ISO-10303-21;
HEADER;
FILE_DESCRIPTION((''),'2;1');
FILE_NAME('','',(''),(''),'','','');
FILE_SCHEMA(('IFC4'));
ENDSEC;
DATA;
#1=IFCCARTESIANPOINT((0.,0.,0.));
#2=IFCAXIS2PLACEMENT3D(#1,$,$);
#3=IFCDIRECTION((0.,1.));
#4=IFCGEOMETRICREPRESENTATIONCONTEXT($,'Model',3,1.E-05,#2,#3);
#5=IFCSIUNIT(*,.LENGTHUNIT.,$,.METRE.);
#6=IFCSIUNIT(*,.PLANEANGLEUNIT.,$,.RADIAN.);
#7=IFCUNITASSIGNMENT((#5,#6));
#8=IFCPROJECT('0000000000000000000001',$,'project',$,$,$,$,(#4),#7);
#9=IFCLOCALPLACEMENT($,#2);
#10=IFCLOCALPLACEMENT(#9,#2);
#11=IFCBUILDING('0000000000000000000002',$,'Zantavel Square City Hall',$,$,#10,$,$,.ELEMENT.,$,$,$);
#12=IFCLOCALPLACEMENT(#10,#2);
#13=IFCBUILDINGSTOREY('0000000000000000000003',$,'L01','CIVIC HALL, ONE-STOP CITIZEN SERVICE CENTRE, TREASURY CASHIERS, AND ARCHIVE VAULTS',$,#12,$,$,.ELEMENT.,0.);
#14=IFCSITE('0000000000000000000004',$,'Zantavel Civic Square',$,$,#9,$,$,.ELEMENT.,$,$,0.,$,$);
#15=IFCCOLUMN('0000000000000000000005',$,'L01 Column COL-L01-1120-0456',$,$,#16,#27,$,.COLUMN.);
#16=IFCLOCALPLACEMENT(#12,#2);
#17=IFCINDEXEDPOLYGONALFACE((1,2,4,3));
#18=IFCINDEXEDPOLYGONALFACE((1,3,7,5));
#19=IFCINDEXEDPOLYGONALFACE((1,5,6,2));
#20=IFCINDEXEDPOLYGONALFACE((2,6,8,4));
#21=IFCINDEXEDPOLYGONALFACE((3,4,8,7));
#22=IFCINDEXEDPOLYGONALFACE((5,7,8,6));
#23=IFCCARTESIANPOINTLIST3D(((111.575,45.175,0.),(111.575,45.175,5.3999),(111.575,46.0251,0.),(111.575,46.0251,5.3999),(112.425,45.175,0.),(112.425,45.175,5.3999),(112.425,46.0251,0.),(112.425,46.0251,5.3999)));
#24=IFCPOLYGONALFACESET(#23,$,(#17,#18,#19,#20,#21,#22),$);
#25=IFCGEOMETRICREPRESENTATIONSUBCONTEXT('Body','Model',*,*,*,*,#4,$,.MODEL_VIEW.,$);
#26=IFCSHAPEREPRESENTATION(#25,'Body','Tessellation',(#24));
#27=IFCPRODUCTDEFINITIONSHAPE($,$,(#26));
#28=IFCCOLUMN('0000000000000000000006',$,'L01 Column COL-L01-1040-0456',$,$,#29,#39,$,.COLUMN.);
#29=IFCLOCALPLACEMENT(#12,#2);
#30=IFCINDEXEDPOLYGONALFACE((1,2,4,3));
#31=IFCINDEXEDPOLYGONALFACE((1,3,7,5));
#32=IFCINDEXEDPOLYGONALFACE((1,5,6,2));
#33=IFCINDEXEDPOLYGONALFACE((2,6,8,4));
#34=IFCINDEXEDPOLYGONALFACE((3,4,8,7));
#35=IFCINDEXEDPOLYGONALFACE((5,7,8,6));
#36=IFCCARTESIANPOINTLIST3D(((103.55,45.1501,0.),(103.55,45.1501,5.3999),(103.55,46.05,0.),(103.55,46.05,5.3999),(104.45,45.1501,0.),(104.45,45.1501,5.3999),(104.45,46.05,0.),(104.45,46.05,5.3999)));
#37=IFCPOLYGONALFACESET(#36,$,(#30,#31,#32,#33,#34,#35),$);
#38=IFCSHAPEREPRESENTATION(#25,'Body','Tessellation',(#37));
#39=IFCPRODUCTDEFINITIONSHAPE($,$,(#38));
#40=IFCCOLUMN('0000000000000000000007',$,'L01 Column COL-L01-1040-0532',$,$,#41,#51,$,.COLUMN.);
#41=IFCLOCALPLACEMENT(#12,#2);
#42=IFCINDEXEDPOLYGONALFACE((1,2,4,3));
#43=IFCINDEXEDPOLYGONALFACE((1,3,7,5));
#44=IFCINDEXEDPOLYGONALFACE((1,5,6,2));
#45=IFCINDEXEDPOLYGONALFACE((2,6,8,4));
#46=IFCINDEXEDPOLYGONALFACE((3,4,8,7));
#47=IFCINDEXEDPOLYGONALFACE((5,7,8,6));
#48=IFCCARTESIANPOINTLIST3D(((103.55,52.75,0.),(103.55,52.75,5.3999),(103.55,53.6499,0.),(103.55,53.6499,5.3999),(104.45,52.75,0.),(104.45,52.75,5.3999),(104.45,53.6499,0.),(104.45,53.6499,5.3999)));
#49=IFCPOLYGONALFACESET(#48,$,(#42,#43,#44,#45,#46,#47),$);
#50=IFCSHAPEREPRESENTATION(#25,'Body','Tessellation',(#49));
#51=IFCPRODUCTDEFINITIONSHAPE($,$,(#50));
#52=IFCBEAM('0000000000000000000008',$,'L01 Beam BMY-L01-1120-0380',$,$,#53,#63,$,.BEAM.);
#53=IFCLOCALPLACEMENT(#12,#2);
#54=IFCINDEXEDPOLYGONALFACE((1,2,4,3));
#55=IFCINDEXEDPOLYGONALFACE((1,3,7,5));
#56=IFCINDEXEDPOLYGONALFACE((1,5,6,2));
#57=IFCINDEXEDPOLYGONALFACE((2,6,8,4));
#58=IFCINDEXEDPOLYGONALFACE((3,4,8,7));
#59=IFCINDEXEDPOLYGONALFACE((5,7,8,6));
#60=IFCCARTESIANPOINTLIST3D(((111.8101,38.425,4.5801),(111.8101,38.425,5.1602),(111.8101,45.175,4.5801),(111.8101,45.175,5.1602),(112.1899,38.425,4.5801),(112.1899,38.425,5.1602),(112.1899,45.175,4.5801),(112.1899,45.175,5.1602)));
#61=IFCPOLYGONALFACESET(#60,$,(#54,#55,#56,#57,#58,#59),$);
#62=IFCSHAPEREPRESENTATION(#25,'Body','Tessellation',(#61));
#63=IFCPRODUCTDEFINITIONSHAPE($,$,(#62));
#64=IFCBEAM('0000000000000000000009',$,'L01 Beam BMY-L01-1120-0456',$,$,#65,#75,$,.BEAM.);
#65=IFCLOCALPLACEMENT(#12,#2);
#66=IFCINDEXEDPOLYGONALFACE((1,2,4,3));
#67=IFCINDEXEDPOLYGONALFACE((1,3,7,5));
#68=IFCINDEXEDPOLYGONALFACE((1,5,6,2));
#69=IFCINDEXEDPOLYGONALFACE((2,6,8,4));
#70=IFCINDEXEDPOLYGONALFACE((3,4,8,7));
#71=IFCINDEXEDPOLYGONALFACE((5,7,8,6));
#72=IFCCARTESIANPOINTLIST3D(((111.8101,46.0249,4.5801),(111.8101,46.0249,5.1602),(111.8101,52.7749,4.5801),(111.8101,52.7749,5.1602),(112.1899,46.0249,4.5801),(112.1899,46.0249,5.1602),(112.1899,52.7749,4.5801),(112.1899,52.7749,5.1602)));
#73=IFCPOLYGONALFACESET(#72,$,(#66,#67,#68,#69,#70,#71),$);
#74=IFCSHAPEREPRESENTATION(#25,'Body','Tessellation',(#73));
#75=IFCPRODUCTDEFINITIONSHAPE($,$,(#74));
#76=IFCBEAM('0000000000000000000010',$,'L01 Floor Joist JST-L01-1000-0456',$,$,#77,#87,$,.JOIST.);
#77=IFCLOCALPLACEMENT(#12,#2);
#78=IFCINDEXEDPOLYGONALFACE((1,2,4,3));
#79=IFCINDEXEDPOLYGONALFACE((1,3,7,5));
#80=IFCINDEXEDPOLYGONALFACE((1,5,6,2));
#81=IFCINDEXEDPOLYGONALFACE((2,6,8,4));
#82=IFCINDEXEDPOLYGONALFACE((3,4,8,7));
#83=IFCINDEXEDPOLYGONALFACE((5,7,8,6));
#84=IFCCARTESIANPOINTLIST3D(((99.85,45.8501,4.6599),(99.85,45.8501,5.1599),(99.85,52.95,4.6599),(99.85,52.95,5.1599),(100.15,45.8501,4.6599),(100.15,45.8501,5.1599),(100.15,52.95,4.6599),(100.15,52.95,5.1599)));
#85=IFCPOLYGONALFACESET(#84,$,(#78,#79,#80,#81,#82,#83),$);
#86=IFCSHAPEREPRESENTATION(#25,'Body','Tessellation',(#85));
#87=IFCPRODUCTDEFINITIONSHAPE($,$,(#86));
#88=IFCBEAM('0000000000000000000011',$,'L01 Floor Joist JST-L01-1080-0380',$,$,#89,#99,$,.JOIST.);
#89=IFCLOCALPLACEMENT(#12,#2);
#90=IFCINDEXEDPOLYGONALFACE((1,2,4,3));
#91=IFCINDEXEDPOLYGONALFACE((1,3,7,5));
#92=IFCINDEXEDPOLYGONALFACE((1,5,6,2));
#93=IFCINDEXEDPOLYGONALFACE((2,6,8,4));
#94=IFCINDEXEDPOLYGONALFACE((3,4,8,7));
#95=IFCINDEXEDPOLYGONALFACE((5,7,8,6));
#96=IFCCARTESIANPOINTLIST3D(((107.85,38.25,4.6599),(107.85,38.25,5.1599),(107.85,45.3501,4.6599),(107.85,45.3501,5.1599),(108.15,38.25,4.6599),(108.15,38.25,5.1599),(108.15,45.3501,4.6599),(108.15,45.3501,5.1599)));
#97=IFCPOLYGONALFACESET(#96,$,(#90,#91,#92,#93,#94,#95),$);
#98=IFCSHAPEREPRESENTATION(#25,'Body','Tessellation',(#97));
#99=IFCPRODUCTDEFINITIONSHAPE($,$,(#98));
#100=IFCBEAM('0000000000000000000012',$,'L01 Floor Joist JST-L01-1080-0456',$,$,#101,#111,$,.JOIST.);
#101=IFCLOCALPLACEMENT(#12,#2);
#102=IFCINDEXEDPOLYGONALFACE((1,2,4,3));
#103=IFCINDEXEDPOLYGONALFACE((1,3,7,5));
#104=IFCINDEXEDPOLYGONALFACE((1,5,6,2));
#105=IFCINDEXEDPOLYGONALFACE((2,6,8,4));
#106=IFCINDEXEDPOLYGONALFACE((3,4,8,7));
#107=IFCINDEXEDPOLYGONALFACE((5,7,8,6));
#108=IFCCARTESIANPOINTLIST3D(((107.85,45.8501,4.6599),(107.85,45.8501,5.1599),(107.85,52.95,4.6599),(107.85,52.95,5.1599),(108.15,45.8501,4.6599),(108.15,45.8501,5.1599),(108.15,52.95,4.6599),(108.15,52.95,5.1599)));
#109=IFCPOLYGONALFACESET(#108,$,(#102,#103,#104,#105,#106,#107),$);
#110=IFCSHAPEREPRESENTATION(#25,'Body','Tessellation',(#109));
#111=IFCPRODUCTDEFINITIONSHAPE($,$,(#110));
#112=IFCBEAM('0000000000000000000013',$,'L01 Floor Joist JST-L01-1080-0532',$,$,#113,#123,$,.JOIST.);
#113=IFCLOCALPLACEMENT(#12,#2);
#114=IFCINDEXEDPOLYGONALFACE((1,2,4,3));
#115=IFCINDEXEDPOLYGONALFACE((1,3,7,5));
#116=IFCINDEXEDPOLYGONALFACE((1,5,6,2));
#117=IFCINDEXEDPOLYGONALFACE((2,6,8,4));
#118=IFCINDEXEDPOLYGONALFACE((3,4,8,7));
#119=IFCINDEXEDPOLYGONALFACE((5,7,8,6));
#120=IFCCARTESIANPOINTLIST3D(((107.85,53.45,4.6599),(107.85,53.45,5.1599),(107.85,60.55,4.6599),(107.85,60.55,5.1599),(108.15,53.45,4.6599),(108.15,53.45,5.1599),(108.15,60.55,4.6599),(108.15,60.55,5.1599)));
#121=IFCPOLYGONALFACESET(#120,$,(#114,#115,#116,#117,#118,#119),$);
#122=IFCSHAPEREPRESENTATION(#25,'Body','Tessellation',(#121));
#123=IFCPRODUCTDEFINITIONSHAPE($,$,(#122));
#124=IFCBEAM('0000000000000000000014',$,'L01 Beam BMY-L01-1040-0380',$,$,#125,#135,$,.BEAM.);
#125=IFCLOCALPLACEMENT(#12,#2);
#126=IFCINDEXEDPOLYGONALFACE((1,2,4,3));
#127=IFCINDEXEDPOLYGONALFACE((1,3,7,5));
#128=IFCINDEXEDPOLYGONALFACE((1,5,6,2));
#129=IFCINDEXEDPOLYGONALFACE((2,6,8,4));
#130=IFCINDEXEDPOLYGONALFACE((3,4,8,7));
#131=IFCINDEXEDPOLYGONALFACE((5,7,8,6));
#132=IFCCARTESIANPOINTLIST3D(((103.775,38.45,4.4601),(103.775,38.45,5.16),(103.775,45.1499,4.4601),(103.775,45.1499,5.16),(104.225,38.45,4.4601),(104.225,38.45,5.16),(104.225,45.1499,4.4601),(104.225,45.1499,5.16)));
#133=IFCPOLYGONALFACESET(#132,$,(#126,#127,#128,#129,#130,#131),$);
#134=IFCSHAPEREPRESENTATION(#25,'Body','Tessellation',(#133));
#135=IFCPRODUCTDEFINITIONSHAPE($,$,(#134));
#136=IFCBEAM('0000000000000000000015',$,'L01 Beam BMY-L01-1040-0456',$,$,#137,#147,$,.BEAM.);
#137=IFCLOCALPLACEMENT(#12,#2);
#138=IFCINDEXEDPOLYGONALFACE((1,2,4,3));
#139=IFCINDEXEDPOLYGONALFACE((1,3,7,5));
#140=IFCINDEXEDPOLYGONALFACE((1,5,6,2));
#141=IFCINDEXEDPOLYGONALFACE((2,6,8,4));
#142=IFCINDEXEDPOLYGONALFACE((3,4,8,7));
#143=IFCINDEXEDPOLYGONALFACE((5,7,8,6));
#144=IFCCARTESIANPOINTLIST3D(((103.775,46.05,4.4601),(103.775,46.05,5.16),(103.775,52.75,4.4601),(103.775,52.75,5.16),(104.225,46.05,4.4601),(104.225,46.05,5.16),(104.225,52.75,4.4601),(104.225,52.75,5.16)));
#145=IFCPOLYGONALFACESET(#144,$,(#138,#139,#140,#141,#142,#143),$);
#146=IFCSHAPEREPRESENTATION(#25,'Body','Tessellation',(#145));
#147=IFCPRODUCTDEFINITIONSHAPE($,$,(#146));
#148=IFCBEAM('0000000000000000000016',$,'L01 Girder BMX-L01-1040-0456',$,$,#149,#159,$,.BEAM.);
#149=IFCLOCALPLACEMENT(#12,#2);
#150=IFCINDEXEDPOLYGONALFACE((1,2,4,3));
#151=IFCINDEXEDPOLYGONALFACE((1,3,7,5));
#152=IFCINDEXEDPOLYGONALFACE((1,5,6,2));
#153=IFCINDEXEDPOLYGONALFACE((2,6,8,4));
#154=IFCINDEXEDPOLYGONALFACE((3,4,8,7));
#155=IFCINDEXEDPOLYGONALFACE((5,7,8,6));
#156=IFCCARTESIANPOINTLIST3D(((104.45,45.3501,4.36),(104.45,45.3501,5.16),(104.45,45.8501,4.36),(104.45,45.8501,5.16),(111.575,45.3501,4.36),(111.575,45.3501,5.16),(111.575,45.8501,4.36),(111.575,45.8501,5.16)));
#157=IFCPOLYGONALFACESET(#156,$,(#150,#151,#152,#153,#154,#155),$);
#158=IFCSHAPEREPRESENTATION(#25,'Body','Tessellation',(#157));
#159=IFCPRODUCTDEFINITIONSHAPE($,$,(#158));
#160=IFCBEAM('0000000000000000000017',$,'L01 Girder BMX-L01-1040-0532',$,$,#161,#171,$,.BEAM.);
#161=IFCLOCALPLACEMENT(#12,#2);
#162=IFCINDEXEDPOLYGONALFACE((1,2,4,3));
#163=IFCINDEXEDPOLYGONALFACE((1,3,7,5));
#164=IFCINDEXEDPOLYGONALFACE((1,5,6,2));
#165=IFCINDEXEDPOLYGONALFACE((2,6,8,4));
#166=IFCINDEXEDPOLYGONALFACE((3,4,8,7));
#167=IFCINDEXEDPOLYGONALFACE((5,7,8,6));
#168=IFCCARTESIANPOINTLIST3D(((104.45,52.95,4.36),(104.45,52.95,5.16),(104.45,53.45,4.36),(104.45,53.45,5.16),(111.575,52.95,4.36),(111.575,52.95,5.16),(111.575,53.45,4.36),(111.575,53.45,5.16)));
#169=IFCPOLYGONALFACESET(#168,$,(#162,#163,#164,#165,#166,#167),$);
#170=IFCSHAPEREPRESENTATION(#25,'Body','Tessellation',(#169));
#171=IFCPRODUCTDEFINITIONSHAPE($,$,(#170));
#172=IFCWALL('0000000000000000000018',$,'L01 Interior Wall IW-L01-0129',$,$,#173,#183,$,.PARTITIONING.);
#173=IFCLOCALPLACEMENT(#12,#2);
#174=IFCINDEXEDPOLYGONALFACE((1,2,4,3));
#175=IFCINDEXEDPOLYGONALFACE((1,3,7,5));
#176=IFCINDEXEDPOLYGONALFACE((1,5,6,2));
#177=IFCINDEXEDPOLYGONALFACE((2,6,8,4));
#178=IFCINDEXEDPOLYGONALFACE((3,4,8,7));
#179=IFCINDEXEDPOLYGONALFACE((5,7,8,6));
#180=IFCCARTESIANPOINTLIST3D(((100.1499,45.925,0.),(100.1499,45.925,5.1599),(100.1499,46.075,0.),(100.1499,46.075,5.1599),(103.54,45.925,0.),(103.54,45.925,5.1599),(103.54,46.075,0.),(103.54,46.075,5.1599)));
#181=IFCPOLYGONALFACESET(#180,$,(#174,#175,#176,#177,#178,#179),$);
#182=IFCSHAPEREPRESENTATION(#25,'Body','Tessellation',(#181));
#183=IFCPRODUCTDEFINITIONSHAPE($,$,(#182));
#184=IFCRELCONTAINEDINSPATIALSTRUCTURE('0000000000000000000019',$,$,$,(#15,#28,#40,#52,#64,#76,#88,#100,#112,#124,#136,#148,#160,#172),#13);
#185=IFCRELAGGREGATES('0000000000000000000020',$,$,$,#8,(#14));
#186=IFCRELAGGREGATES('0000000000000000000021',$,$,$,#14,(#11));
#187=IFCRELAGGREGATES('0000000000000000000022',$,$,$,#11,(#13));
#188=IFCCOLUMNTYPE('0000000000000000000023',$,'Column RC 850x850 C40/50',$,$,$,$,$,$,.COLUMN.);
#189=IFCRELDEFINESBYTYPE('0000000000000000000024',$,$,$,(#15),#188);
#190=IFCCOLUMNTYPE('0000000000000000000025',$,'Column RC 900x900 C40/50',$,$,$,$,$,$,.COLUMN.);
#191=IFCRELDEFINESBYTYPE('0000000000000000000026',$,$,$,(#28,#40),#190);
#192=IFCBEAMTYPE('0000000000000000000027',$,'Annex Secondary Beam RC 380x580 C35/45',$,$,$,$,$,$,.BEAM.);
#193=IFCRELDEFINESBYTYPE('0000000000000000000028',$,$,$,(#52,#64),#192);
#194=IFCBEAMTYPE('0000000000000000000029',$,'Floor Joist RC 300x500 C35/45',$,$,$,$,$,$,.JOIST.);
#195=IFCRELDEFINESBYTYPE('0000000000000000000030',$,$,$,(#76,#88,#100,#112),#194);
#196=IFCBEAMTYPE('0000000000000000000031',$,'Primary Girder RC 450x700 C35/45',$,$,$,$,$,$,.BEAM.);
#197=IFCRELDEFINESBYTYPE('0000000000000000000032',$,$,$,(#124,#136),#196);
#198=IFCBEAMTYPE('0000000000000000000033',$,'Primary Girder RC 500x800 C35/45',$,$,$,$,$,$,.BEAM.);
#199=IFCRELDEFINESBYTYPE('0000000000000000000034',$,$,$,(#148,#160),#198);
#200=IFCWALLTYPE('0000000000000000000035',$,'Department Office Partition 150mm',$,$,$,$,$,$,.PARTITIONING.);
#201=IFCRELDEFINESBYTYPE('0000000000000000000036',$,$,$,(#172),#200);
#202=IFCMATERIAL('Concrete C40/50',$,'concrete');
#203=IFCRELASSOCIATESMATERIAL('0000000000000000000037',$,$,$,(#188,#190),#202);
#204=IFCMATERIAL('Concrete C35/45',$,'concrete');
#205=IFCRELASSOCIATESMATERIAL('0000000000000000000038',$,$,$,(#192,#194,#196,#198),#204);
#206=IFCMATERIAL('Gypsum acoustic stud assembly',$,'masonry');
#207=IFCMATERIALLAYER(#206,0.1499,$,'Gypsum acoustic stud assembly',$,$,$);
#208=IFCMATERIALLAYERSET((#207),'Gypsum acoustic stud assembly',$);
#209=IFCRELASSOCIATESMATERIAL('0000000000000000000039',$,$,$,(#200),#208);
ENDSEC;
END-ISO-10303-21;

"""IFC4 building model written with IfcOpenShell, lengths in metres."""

from ifc_helpers import new_model, si_unit, direction, frame, frame_2d, origin, origin_2d, place, context, subcontext, project, spatial, rectangle, extrude, material, layer, layer_set, material_profile, profile_set, type_object, element, save


model = new_model("IFC4")

# Units and contexts
model_context = context("Model", 3, precision=1e-05, world=origin(), true_north=direction((0.0, 1.0)))
body_context = subcontext(model_context, "Body", "Model", "MODEL_VIEW")
ifc_project = project(units=[si_unit("LENGTHUNIT", "METRE"), si_unit("PLANEANGLEUNIT", "RADIAN")], contexts=[model_context])

# Site, building, storey
site_placement = place(None, origin())
site = spatial("IfcSite", under=ifc_project, at=site_placement, Name="Zantavel Civic Square", CompositionType="ELEMENT", RefElevation=0.0)
building_placement = place(site_placement, origin())
building = spatial("IfcBuilding", under=site, at=building_placement, Name="Zantavel Square City Hall", CompositionType="ELEMENT")
storey_placement = place(building_placement, origin())
storey = spatial("IfcBuildingStorey", under=building, at=storey_placement, Name="L01", Description="CIVIC HALL, ONE-STOP CITIZEN SERVICE CENTRE, TREASURY CASHIERS, AND ARCHIVE VAULTS", CompositionType="ELEMENT", Elevation=0.0)

# Columns
ifc_material_1 = material(Name="Concrete C40/50", Category="concrete")
ifc_material_profile_1 = material_profile(ifc_material_1, rectangle(XDim=0.8501, YDim=0.8501, at=origin_2d()), Name="RC 850x850")
ifc_profile_set_1 = profile_set([ifc_material_profile_1], Name="Concrete C40/50")
column_type_1 = type_object("IfcColumnType", Name="Column RC 850x850 C40/50", PredefinedType="COLUMN", material=ifc_profile_set_1)
column_placement = place(storey_placement, frame((112.0, 45.6001, 0.0), z_axis=(0.0, 0.0, 1.0), x_axis=(1.0, 0.0, 0.0)))
element("IfcColumn", 1, at=column_placement, inside=storey, type_object=column_type_1, Name="L01 Column COL-L01-1120-0456", PredefinedType="COLUMN", context=body_context, shape_type="SweptSolid", body=[
    extrude(rectangle(XDim=0.8501, YDim=0.8501, at=origin_2d()), origin(), (0.0, 0.0, 1.0), 5.3999),
])
ifc_material_profile_2 = material_profile(ifc_material_1, rectangle(XDim=0.8999, YDim=0.8999, at=origin_2d()), Name="RC 900x900")
ifc_profile_set_2 = profile_set([ifc_material_profile_2], Name="Concrete C40/50")
column_type_2 = type_object("IfcColumnType", Name="Column RC 900x900 C40/50", PredefinedType="COLUMN", material=ifc_profile_set_2)
for number, where, z_axis, x_axis, name in (
    (2, (104.0, 45.6001, 0.0), (0.0, 0.0, 1.0), (1.0, 0.0, 0.0), "L01 Column COL-L01-1040-0456"),
    (3, (104.0, 53.2, 0.0), (0.0, 0.0, 1.0), (1.0, 0.0, 0.0), "L01 Column COL-L01-1040-0532"),
):
    element("IfcColumn", number, at=place(storey_placement, frame(where, z_axis=z_axis, x_axis=x_axis)), inside=storey, type_object=column_type_2, Name=name, PredefinedType="COLUMN", context=body_context, shape_type="SweptSolid", body=[
        extrude(rectangle(XDim=0.8999, YDim=0.8999, at=origin_2d()), origin(), (0.0, 0.0, 1.0), 5.3999),
    ])

# Beams
ifc_material_2 = material(Name="Concrete C35/45", Category="concrete")
ifc_material_profile_3 = material_profile(ifc_material_2, rectangle(XDim=0.3799, YDim=0.5801, at=origin_2d()), Name="RC 380x580")
ifc_profile_set_3 = profile_set([ifc_material_profile_3], Name="Concrete C35/45")
beam_type_1 = type_object("IfcBeamType", Name="Annex Secondary Beam RC 380x580 C35/45", PredefinedType="BEAM", material=ifc_profile_set_3)
for number, where, z_axis, x_axis, name in (
    (4, (112.0, 38.425, 4.8701), (0.0, 1.0, 0.0), (-1.0, 0.0, 0.0), "L01 Beam BMY-L01-1120-0380"),
    (5, (112.0, 46.0249, 4.8701), (0.0, 1.0, 0.0), (-1.0, 0.0, 0.0), "L01 Beam BMY-L01-1120-0456"),
):
    element("IfcBeam", number, at=place(storey_placement, frame(where, z_axis=z_axis, x_axis=x_axis)), inside=storey, type_object=beam_type_1, Name=name, PredefinedType="BEAM", context=body_context, shape_type="SweptSolid", body=[
        extrude(rectangle(XDim=0.3799, YDim=0.5801, at=origin_2d()), origin(), (0.0, 0.0, 1.0), 6.75),
    ])
ifc_material_profile_4 = material_profile(ifc_material_2, rectangle(XDim=0.3, YDim=0.5, at=origin_2d()), Name="RC 300x500")
ifc_profile_set_4 = profile_set([ifc_material_profile_4], Name="Concrete C35/45")
beam_type_2 = type_object("IfcBeamType", Name="Floor Joist RC 300x500 C35/45", PredefinedType="JOIST", material=ifc_profile_set_4)
beam_1_placement = place(storey_placement, frame((100.0, 45.8501, 4.9099), z_axis=(0.0, 1.0, 0.0), x_axis=(-1.0, 0.0, 0.0)))
element("IfcBeam", 6, at=beam_1_placement, inside=storey, type_object=beam_type_2, Name="L01 Floor Joist JST-L01-1000-0456", PredefinedType="JOIST", context=body_context, shape_type="SweptSolid", body=[
    extrude(rectangle(XDim=0.3, YDim=0.5, at=origin_2d()), origin(), (0.0, 0.0, 1.0), 7.0999),
])
beam_2_placement = place(storey_placement, frame((108.0, 38.25, 4.9099), z_axis=(0.0, 1.0, 0.0), x_axis=(-1.0, 0.0, 0.0)))
element("IfcBeam", 7, at=beam_2_placement, inside=storey, type_object=beam_type_2, Name="L01 Floor Joist JST-L01-1080-0380", PredefinedType="JOIST", context=body_context, shape_type="SweptSolid", body=[
    extrude(rectangle(XDim=0.3, YDim=0.5, at=origin_2d()), origin(), (0.0, 0.0, 1.0), 7.1001),
])
beam_3_placement = place(storey_placement, frame((108.0, 45.8501, 4.9099), z_axis=(0.0, 1.0, 0.0), x_axis=(-1.0, 0.0, 0.0)))
element("IfcBeam", 8, at=beam_3_placement, inside=storey, type_object=beam_type_2, Name="L01 Floor Joist JST-L01-1080-0456", PredefinedType="JOIST", context=body_context, shape_type="SweptSolid", body=[
    extrude(rectangle(XDim=0.3, YDim=0.5, at=origin_2d()), origin(), (0.0, 0.0, 1.0), 7.0999),
])
beam_4_placement = place(storey_placement, frame((108.0, 53.45, 4.9099), z_axis=(0.0, 1.0, 0.0), x_axis=(-1.0, 0.0, 0.0)))
element("IfcBeam", 9, at=beam_4_placement, inside=storey, type_object=beam_type_2, Name="L01 Floor Joist JST-L01-1080-0532", PredefinedType="JOIST", context=body_context, shape_type="SweptSolid", body=[
    extrude(rectangle(XDim=0.3, YDim=0.5, at=origin_2d()), origin(), (0.0, 0.0, 1.0), 7.1001),
])
ifc_material_profile_5 = material_profile(ifc_material_2, rectangle(XDim=0.45, YDim=0.7, at=origin_2d()), Name="RC 450x700")
ifc_profile_set_5 = profile_set([ifc_material_profile_5], Name="Concrete C35/45")
beam_type_3 = type_object("IfcBeamType", Name="Primary Girder RC 450x700 C35/45", PredefinedType="BEAM", material=ifc_profile_set_5)
for number, where, z_axis, x_axis, name in (
    (10, (104.0, 38.45, 4.8101), (0.0, 1.0, 0.0), (-1.0, 0.0, 0.0), "L01 Beam BMY-L01-1040-0380"),
    (11, (104.0, 46.05, 4.8101), (0.0, 1.0, 0.0), (-1.0, 0.0, 0.0), "L01 Beam BMY-L01-1040-0456"),
):
    element("IfcBeam", number, at=place(storey_placement, frame(where, z_axis=z_axis, x_axis=x_axis)), inside=storey, type_object=beam_type_3, Name=name, PredefinedType="BEAM", context=body_context, shape_type="SweptSolid", body=[
        extrude(rectangle(XDim=0.45, YDim=0.7, at=origin_2d()), origin(), (0.0, 0.0, 1.0), 6.7),
    ])
ifc_material_profile_6 = material_profile(ifc_material_2, rectangle(XDim=0.5, YDim=0.8, at=origin_2d()), Name="RC 500x800")
ifc_profile_set_6 = profile_set([ifc_material_profile_6], Name="Concrete C35/45")
beam_type_4 = type_object("IfcBeamType", Name="Primary Girder RC 500x800 C35/45", PredefinedType="BEAM", material=ifc_profile_set_6)
for number, where, z_axis, x_axis, name in (
    (12, (104.45, 45.6001, 4.76), (1.0, 0.0, 0.0), (0.0, 1.0, 0.0), "L01 Girder BMX-L01-1040-0456"),
    (13, (104.45, 53.2, 4.76), (1.0, 0.0, 0.0), (0.0, 1.0, 0.0), "L01 Girder BMX-L01-1040-0532"),
):
    element("IfcBeam", number, at=place(storey_placement, frame(where, z_axis=z_axis, x_axis=x_axis)), inside=storey, type_object=beam_type_4, Name=name, PredefinedType="BEAM", context=body_context, shape_type="SweptSolid", body=[
        extrude(rectangle(XDim=0.5, YDim=0.8, at=origin_2d()), origin(), (0.0, 0.0, 1.0), 7.125),
    ])

# Wall
ifc_material_3 = material(Name="Gypsum acoustic stud assembly", Category="masonry")
ifc_layer_1 = layer(ifc_material_3, 0.1499, Name="Gypsum acoustic stud assembly")
ifc_layer_set_1 = layer_set([ifc_layer_1], Name="Gypsum acoustic stud assembly")
wall_type_1 = type_object("IfcWallType", Name="Department Office Partition 150mm", PredefinedType="PARTITIONING", material=ifc_layer_set_1)
wall_1_placement = place(storey_placement, frame((100.1499, 46.0, 0.0), z_axis=(0.0, 0.0, 1.0), x_axis=(1.0, 0.0, 0.0)))
element("IfcWall", 14, at=wall_1_placement, inside=storey, type_object=wall_type_1, Name="L01 Interior Wall IW-L01-0129", PredefinedType="PARTITIONING", context=body_context, shape_type="SweptSolid", body=[
    extrude(rectangle(XDim=3.3901, YDim=0.1499, at=frame_2d((1.6951, 0.0))), origin(), (0.0, 0.0, 1.0), 5.1599),
])

save(model, "model.ifc")
